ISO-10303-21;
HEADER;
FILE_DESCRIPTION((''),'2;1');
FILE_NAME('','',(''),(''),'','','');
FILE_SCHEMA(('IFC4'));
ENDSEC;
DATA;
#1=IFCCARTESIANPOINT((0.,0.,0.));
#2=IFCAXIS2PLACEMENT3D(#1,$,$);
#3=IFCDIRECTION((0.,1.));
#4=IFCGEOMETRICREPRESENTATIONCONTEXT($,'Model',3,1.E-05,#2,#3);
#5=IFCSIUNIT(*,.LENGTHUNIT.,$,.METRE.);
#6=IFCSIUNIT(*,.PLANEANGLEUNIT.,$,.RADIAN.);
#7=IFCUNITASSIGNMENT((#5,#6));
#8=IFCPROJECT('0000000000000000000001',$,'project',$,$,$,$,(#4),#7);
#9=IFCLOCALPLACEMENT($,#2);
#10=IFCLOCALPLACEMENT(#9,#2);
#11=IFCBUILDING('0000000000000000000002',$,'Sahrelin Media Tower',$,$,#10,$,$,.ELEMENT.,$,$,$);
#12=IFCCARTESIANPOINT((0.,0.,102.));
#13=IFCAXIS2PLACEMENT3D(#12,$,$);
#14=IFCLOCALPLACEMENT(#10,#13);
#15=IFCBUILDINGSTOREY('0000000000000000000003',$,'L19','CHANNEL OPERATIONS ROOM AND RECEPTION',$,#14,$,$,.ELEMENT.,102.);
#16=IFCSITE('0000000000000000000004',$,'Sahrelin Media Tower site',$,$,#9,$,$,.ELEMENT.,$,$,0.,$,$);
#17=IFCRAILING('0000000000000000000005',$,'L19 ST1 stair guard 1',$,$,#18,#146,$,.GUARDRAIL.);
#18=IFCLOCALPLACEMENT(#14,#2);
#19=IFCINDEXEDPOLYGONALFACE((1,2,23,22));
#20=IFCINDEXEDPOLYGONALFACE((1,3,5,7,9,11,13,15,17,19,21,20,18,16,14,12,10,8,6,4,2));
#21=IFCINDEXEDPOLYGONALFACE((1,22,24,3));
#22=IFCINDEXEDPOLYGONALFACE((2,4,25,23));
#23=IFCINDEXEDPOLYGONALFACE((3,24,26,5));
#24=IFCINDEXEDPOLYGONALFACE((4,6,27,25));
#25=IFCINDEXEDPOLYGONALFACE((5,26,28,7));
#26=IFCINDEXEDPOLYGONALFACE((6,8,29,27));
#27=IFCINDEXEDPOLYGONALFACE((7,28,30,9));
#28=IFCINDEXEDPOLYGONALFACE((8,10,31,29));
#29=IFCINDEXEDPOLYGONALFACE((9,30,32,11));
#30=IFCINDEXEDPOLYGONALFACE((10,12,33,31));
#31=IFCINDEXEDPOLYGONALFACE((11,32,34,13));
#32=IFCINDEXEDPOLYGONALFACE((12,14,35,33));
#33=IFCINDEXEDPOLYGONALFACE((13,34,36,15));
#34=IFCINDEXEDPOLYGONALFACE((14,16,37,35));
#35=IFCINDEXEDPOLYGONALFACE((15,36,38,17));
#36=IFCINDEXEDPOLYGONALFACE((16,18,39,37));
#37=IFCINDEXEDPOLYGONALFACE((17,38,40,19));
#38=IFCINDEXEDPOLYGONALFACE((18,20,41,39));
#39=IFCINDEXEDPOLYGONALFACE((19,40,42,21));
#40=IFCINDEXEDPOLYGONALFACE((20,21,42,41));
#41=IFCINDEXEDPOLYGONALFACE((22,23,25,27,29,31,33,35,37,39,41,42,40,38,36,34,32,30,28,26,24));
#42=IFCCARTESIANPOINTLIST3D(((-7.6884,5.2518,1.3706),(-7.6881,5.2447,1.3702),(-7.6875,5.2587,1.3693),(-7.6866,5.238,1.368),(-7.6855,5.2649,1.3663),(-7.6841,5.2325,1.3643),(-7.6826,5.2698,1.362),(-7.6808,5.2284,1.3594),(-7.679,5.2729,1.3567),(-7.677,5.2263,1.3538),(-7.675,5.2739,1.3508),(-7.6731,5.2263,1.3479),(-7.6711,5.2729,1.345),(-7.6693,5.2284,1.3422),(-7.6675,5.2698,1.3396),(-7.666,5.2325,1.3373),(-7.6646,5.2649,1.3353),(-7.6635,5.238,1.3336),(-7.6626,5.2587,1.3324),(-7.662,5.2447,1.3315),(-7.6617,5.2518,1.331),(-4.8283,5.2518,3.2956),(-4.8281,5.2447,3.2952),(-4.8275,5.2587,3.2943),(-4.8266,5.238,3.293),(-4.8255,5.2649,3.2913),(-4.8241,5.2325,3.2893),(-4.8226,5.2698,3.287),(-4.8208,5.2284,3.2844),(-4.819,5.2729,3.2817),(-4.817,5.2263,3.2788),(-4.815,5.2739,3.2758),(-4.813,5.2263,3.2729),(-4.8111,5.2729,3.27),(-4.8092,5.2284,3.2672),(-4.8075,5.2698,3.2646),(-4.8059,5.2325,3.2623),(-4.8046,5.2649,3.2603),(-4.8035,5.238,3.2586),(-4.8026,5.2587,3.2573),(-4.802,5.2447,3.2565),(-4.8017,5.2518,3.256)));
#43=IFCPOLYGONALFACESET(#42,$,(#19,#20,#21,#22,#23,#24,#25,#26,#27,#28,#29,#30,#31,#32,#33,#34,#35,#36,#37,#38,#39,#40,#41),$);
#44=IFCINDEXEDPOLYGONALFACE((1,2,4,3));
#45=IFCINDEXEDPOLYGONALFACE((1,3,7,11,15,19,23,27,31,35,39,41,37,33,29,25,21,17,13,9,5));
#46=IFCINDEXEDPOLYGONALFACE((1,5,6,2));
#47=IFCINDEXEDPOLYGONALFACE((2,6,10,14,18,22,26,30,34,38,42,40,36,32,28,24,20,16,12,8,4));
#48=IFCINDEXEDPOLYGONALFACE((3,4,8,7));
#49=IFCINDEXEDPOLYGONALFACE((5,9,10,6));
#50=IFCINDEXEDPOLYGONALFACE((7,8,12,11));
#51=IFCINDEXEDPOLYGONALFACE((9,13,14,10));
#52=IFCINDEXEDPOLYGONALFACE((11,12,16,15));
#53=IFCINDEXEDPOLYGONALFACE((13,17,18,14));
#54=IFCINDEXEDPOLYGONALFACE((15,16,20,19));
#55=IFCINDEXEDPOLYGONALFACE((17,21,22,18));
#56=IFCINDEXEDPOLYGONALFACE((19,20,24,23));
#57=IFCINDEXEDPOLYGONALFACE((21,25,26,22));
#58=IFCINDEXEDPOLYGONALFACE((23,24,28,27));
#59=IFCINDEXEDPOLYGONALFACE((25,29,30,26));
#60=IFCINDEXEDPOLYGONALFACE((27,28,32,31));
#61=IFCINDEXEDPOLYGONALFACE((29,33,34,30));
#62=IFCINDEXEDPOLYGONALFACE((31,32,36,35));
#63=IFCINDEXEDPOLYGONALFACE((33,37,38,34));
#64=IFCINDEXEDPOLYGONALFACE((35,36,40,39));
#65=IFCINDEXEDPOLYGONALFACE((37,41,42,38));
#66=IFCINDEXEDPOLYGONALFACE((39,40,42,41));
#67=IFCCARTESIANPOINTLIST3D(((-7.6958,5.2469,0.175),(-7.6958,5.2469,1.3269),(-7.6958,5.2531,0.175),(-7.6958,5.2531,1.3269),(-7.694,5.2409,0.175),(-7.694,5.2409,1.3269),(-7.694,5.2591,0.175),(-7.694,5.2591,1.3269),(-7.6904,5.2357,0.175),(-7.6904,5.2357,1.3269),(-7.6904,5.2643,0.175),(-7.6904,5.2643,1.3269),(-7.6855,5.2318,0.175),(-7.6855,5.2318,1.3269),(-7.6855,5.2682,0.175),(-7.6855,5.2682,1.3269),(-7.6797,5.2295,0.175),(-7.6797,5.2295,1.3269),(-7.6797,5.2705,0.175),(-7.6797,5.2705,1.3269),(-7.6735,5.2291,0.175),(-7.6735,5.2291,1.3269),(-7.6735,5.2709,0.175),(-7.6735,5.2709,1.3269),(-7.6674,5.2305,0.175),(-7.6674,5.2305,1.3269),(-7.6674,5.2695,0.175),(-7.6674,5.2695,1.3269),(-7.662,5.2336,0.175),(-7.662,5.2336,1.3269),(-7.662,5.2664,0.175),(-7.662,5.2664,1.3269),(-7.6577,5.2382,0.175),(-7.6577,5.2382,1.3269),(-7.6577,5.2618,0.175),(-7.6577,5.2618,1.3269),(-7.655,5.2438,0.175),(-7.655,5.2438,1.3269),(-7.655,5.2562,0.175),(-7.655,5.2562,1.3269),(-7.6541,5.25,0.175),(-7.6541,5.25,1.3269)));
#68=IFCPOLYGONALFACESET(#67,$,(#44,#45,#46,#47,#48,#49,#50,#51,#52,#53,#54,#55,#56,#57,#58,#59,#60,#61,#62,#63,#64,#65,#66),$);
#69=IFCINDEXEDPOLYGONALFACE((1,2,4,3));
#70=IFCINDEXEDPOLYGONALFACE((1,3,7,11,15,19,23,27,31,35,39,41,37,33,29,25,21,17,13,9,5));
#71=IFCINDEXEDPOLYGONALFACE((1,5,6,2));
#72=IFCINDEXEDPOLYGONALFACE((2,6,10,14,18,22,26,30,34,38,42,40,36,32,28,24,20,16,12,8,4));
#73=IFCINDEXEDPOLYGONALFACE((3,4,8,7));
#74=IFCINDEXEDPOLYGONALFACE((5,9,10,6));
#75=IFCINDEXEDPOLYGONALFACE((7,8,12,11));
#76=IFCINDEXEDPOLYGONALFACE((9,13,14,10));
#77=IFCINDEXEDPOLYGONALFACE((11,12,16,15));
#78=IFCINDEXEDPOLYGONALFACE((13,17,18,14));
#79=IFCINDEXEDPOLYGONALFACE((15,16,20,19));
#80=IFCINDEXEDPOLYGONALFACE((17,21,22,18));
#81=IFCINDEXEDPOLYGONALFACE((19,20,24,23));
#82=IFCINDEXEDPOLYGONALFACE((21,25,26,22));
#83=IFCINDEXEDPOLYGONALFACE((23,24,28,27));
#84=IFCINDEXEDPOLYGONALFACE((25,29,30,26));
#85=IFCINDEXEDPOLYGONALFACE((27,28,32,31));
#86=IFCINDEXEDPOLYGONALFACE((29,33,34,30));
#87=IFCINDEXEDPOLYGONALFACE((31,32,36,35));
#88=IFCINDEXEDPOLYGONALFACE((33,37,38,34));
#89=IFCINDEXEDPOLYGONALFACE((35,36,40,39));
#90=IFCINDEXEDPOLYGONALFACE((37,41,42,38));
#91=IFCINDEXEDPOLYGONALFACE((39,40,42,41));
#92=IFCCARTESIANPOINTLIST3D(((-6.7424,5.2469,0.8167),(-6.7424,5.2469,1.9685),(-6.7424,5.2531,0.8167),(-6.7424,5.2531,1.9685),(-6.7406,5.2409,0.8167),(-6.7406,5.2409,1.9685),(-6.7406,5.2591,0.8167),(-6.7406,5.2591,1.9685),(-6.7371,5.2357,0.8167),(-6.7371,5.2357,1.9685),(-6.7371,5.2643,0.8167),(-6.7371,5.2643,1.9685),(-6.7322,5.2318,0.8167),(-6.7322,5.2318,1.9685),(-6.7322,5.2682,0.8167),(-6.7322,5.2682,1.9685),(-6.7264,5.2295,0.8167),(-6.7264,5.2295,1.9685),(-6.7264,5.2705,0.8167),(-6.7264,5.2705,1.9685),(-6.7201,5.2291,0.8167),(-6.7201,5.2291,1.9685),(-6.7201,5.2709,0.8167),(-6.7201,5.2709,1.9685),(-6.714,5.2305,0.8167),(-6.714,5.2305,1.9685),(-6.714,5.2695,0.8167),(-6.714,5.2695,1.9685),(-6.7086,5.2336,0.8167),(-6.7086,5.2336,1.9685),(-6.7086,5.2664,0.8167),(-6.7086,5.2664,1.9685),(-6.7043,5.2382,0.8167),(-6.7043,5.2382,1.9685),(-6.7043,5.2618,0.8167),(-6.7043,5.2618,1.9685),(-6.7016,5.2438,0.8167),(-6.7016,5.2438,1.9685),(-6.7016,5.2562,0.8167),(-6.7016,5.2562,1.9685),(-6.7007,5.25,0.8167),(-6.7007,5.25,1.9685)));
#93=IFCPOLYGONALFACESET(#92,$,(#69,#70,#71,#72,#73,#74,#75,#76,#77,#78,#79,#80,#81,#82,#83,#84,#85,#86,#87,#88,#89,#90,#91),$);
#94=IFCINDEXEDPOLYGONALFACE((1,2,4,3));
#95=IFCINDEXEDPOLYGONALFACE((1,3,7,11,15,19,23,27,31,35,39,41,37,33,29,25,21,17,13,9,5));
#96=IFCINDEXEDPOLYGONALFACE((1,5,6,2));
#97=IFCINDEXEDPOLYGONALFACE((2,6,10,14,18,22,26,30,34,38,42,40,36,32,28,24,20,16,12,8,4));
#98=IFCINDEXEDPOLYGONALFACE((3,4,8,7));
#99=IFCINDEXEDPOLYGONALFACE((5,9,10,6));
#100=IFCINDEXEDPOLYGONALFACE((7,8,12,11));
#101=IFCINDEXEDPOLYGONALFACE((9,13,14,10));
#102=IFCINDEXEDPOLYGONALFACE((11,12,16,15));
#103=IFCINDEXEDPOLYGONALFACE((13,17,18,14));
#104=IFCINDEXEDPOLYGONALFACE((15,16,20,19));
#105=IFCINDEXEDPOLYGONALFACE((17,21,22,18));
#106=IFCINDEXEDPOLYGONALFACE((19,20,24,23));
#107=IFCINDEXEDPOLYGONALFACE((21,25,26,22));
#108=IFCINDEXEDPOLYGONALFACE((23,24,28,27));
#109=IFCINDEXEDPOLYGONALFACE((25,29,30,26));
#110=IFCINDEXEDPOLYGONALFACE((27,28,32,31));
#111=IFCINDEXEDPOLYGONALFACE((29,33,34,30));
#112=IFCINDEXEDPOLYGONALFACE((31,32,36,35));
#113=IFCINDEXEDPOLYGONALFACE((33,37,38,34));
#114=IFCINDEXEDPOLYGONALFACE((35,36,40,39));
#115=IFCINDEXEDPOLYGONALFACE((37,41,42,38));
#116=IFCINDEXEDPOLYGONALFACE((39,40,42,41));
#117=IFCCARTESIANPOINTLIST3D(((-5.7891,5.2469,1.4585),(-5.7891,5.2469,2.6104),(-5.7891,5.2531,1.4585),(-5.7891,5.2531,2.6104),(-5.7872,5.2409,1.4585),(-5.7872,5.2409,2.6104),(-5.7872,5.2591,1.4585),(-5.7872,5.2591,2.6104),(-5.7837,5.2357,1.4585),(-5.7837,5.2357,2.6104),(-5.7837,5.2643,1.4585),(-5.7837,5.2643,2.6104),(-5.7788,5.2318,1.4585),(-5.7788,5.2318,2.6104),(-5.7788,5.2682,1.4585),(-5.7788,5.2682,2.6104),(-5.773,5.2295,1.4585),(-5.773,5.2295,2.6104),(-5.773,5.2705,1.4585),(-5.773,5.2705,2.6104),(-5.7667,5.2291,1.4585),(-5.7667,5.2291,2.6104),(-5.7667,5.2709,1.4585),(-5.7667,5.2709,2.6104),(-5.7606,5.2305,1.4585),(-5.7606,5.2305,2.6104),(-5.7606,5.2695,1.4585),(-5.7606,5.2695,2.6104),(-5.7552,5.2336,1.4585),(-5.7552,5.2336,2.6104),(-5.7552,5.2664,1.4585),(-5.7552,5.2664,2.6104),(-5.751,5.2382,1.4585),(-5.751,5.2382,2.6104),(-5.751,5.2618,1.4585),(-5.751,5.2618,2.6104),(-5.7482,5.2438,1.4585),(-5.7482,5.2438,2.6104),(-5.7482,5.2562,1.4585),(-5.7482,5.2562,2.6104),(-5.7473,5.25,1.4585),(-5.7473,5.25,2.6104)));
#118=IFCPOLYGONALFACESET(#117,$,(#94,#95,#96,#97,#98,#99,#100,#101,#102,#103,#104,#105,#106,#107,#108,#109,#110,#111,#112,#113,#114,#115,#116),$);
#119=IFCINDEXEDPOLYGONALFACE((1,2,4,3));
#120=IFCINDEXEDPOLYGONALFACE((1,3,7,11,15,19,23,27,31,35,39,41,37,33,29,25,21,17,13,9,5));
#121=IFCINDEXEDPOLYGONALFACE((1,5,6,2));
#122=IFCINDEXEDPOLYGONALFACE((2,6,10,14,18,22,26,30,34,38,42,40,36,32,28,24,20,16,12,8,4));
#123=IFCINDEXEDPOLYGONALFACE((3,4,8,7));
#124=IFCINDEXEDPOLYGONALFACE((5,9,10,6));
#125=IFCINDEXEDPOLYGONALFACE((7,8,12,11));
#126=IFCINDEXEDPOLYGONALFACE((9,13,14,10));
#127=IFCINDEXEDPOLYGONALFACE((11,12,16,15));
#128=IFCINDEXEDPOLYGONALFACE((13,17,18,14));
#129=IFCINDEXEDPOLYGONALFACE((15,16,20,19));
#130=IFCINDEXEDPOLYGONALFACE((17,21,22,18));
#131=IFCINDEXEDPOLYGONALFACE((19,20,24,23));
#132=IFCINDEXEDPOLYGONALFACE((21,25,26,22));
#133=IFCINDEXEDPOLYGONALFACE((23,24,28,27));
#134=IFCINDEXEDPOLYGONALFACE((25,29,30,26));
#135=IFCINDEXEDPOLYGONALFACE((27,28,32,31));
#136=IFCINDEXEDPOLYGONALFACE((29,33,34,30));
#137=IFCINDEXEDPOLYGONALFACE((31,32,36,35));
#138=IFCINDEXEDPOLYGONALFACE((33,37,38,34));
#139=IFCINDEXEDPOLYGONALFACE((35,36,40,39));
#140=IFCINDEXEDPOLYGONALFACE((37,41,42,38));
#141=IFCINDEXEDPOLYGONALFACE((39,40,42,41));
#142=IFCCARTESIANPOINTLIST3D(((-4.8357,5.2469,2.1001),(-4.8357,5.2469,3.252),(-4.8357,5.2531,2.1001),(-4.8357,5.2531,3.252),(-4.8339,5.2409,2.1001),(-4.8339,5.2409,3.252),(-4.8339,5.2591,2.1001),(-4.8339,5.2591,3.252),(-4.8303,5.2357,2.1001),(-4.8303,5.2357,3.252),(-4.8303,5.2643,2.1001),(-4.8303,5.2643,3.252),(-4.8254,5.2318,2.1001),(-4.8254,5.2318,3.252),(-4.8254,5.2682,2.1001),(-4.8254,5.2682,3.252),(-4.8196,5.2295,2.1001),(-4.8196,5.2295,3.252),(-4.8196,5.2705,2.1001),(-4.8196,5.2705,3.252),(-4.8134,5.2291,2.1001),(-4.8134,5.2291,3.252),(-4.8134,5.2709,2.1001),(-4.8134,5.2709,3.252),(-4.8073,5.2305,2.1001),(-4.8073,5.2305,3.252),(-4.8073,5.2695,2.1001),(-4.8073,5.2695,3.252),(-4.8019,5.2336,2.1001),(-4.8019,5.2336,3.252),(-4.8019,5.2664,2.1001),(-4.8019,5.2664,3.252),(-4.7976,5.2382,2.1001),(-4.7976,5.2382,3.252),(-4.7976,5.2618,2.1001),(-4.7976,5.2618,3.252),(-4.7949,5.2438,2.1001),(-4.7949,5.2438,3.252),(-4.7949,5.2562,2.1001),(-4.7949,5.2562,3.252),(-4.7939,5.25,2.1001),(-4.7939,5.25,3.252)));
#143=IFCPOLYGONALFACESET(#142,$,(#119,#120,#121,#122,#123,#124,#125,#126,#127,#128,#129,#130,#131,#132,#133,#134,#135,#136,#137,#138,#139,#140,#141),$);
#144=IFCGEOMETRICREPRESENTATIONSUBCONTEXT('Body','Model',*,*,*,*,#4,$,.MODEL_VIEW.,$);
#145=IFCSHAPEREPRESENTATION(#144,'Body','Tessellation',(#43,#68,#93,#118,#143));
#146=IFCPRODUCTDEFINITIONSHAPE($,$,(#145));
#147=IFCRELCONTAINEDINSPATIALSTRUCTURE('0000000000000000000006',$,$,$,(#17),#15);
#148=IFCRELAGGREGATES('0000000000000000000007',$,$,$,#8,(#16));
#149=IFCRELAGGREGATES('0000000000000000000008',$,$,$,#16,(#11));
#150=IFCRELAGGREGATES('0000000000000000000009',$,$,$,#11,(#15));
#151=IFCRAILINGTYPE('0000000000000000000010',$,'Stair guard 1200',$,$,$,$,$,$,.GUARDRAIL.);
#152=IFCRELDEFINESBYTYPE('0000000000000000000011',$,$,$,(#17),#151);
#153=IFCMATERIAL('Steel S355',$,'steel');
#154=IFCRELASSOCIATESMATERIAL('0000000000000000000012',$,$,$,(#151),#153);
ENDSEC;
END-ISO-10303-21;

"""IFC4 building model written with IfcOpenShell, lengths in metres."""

from ifc_helpers import new_model, si_unit, direction, frame, origin, origin_2d, place, context, subcontext, project, spatial, circle, extrude, material, type_object, element, save


model = new_model("IFC4")

# Units and contexts
model_context = context("Model", 3, precision=1e-05, world=origin(), true_north=direction((0.0, 1.0)))
body_context = subcontext(model_context, "Body", "Model", "MODEL_VIEW")
ifc_project = project(units=[si_unit("LENGTHUNIT", "METRE"), si_unit("PLANEANGLEUNIT", "RADIAN")], contexts=[model_context])

# Site, building, storey
site_placement = place(None, origin())
site = spatial("IfcSite", under=ifc_project, at=site_placement, Name="Sahrelin Media Tower site", CompositionType="ELEMENT", RefElevation=0.0)
building_placement = place(site_placement, origin())
building = spatial("IfcBuilding", under=site, at=building_placement, Name="Sahrelin Media Tower", CompositionType="ELEMENT")
storey_placement = place(building_placement, frame((0.0, 0.0, 102.0)))
storey = spatial("IfcBuildingStorey", under=building, at=storey_placement, Name="L19", Description="CHANNEL OPERATIONS ROOM AND RECEPTION", CompositionType="ELEMENT", Elevation=102.0)

# Shared definitions
ifc_material_1 = material(Name="Steel S355", Category="steel")

# Railing
railing_type_1 = type_object("IfcRailingType", Name="Stair guard 1200", PredefinedType="GUARDRAIL", material=ifc_material_1)
railing_1_placement = place(storey_placement, frame((-7.675, 5.25, 0.175)))
element("IfcRailing", 1, at=railing_1_placement, inside=storey, type_object=railing_type_1, Name="L19 ST1 stair guard 1", PredefinedType="GUARDRAIL", context=body_context, shape_type="SweptSolid", body=[
    extrude(circle(Radius=0.0239, at=origin_2d()), frame((0.0, 0.0, 1.1758), z_axis=(0.829591, 0.0, 0.558372), x_axis=(0.0, 1.0, 0.0)), (0.0, 0.0, 1.0), 3.4475),
    extrude(circle(Radius=0.021, at=origin_2d()), origin(), (0.0, 0.0, 1.0), 1.1519),
    extrude(circle(Radius=0.021, at=origin_2d()), frame((0.9534, 0.0, 0.6416)), (0.0, 0.0, 1.0), 1.1519),
    extrude(circle(Radius=0.021, at=origin_2d()), frame((1.9067, 0.0, 1.2834)), (0.0, 0.0, 1.0), 1.1519),
    extrude(circle(Radius=0.021, at=origin_2d()), frame((2.8601, 0.0, 1.925)), (0.0, 0.0, 1.0), 1.1519),
])

save(model, "model.ifc")
